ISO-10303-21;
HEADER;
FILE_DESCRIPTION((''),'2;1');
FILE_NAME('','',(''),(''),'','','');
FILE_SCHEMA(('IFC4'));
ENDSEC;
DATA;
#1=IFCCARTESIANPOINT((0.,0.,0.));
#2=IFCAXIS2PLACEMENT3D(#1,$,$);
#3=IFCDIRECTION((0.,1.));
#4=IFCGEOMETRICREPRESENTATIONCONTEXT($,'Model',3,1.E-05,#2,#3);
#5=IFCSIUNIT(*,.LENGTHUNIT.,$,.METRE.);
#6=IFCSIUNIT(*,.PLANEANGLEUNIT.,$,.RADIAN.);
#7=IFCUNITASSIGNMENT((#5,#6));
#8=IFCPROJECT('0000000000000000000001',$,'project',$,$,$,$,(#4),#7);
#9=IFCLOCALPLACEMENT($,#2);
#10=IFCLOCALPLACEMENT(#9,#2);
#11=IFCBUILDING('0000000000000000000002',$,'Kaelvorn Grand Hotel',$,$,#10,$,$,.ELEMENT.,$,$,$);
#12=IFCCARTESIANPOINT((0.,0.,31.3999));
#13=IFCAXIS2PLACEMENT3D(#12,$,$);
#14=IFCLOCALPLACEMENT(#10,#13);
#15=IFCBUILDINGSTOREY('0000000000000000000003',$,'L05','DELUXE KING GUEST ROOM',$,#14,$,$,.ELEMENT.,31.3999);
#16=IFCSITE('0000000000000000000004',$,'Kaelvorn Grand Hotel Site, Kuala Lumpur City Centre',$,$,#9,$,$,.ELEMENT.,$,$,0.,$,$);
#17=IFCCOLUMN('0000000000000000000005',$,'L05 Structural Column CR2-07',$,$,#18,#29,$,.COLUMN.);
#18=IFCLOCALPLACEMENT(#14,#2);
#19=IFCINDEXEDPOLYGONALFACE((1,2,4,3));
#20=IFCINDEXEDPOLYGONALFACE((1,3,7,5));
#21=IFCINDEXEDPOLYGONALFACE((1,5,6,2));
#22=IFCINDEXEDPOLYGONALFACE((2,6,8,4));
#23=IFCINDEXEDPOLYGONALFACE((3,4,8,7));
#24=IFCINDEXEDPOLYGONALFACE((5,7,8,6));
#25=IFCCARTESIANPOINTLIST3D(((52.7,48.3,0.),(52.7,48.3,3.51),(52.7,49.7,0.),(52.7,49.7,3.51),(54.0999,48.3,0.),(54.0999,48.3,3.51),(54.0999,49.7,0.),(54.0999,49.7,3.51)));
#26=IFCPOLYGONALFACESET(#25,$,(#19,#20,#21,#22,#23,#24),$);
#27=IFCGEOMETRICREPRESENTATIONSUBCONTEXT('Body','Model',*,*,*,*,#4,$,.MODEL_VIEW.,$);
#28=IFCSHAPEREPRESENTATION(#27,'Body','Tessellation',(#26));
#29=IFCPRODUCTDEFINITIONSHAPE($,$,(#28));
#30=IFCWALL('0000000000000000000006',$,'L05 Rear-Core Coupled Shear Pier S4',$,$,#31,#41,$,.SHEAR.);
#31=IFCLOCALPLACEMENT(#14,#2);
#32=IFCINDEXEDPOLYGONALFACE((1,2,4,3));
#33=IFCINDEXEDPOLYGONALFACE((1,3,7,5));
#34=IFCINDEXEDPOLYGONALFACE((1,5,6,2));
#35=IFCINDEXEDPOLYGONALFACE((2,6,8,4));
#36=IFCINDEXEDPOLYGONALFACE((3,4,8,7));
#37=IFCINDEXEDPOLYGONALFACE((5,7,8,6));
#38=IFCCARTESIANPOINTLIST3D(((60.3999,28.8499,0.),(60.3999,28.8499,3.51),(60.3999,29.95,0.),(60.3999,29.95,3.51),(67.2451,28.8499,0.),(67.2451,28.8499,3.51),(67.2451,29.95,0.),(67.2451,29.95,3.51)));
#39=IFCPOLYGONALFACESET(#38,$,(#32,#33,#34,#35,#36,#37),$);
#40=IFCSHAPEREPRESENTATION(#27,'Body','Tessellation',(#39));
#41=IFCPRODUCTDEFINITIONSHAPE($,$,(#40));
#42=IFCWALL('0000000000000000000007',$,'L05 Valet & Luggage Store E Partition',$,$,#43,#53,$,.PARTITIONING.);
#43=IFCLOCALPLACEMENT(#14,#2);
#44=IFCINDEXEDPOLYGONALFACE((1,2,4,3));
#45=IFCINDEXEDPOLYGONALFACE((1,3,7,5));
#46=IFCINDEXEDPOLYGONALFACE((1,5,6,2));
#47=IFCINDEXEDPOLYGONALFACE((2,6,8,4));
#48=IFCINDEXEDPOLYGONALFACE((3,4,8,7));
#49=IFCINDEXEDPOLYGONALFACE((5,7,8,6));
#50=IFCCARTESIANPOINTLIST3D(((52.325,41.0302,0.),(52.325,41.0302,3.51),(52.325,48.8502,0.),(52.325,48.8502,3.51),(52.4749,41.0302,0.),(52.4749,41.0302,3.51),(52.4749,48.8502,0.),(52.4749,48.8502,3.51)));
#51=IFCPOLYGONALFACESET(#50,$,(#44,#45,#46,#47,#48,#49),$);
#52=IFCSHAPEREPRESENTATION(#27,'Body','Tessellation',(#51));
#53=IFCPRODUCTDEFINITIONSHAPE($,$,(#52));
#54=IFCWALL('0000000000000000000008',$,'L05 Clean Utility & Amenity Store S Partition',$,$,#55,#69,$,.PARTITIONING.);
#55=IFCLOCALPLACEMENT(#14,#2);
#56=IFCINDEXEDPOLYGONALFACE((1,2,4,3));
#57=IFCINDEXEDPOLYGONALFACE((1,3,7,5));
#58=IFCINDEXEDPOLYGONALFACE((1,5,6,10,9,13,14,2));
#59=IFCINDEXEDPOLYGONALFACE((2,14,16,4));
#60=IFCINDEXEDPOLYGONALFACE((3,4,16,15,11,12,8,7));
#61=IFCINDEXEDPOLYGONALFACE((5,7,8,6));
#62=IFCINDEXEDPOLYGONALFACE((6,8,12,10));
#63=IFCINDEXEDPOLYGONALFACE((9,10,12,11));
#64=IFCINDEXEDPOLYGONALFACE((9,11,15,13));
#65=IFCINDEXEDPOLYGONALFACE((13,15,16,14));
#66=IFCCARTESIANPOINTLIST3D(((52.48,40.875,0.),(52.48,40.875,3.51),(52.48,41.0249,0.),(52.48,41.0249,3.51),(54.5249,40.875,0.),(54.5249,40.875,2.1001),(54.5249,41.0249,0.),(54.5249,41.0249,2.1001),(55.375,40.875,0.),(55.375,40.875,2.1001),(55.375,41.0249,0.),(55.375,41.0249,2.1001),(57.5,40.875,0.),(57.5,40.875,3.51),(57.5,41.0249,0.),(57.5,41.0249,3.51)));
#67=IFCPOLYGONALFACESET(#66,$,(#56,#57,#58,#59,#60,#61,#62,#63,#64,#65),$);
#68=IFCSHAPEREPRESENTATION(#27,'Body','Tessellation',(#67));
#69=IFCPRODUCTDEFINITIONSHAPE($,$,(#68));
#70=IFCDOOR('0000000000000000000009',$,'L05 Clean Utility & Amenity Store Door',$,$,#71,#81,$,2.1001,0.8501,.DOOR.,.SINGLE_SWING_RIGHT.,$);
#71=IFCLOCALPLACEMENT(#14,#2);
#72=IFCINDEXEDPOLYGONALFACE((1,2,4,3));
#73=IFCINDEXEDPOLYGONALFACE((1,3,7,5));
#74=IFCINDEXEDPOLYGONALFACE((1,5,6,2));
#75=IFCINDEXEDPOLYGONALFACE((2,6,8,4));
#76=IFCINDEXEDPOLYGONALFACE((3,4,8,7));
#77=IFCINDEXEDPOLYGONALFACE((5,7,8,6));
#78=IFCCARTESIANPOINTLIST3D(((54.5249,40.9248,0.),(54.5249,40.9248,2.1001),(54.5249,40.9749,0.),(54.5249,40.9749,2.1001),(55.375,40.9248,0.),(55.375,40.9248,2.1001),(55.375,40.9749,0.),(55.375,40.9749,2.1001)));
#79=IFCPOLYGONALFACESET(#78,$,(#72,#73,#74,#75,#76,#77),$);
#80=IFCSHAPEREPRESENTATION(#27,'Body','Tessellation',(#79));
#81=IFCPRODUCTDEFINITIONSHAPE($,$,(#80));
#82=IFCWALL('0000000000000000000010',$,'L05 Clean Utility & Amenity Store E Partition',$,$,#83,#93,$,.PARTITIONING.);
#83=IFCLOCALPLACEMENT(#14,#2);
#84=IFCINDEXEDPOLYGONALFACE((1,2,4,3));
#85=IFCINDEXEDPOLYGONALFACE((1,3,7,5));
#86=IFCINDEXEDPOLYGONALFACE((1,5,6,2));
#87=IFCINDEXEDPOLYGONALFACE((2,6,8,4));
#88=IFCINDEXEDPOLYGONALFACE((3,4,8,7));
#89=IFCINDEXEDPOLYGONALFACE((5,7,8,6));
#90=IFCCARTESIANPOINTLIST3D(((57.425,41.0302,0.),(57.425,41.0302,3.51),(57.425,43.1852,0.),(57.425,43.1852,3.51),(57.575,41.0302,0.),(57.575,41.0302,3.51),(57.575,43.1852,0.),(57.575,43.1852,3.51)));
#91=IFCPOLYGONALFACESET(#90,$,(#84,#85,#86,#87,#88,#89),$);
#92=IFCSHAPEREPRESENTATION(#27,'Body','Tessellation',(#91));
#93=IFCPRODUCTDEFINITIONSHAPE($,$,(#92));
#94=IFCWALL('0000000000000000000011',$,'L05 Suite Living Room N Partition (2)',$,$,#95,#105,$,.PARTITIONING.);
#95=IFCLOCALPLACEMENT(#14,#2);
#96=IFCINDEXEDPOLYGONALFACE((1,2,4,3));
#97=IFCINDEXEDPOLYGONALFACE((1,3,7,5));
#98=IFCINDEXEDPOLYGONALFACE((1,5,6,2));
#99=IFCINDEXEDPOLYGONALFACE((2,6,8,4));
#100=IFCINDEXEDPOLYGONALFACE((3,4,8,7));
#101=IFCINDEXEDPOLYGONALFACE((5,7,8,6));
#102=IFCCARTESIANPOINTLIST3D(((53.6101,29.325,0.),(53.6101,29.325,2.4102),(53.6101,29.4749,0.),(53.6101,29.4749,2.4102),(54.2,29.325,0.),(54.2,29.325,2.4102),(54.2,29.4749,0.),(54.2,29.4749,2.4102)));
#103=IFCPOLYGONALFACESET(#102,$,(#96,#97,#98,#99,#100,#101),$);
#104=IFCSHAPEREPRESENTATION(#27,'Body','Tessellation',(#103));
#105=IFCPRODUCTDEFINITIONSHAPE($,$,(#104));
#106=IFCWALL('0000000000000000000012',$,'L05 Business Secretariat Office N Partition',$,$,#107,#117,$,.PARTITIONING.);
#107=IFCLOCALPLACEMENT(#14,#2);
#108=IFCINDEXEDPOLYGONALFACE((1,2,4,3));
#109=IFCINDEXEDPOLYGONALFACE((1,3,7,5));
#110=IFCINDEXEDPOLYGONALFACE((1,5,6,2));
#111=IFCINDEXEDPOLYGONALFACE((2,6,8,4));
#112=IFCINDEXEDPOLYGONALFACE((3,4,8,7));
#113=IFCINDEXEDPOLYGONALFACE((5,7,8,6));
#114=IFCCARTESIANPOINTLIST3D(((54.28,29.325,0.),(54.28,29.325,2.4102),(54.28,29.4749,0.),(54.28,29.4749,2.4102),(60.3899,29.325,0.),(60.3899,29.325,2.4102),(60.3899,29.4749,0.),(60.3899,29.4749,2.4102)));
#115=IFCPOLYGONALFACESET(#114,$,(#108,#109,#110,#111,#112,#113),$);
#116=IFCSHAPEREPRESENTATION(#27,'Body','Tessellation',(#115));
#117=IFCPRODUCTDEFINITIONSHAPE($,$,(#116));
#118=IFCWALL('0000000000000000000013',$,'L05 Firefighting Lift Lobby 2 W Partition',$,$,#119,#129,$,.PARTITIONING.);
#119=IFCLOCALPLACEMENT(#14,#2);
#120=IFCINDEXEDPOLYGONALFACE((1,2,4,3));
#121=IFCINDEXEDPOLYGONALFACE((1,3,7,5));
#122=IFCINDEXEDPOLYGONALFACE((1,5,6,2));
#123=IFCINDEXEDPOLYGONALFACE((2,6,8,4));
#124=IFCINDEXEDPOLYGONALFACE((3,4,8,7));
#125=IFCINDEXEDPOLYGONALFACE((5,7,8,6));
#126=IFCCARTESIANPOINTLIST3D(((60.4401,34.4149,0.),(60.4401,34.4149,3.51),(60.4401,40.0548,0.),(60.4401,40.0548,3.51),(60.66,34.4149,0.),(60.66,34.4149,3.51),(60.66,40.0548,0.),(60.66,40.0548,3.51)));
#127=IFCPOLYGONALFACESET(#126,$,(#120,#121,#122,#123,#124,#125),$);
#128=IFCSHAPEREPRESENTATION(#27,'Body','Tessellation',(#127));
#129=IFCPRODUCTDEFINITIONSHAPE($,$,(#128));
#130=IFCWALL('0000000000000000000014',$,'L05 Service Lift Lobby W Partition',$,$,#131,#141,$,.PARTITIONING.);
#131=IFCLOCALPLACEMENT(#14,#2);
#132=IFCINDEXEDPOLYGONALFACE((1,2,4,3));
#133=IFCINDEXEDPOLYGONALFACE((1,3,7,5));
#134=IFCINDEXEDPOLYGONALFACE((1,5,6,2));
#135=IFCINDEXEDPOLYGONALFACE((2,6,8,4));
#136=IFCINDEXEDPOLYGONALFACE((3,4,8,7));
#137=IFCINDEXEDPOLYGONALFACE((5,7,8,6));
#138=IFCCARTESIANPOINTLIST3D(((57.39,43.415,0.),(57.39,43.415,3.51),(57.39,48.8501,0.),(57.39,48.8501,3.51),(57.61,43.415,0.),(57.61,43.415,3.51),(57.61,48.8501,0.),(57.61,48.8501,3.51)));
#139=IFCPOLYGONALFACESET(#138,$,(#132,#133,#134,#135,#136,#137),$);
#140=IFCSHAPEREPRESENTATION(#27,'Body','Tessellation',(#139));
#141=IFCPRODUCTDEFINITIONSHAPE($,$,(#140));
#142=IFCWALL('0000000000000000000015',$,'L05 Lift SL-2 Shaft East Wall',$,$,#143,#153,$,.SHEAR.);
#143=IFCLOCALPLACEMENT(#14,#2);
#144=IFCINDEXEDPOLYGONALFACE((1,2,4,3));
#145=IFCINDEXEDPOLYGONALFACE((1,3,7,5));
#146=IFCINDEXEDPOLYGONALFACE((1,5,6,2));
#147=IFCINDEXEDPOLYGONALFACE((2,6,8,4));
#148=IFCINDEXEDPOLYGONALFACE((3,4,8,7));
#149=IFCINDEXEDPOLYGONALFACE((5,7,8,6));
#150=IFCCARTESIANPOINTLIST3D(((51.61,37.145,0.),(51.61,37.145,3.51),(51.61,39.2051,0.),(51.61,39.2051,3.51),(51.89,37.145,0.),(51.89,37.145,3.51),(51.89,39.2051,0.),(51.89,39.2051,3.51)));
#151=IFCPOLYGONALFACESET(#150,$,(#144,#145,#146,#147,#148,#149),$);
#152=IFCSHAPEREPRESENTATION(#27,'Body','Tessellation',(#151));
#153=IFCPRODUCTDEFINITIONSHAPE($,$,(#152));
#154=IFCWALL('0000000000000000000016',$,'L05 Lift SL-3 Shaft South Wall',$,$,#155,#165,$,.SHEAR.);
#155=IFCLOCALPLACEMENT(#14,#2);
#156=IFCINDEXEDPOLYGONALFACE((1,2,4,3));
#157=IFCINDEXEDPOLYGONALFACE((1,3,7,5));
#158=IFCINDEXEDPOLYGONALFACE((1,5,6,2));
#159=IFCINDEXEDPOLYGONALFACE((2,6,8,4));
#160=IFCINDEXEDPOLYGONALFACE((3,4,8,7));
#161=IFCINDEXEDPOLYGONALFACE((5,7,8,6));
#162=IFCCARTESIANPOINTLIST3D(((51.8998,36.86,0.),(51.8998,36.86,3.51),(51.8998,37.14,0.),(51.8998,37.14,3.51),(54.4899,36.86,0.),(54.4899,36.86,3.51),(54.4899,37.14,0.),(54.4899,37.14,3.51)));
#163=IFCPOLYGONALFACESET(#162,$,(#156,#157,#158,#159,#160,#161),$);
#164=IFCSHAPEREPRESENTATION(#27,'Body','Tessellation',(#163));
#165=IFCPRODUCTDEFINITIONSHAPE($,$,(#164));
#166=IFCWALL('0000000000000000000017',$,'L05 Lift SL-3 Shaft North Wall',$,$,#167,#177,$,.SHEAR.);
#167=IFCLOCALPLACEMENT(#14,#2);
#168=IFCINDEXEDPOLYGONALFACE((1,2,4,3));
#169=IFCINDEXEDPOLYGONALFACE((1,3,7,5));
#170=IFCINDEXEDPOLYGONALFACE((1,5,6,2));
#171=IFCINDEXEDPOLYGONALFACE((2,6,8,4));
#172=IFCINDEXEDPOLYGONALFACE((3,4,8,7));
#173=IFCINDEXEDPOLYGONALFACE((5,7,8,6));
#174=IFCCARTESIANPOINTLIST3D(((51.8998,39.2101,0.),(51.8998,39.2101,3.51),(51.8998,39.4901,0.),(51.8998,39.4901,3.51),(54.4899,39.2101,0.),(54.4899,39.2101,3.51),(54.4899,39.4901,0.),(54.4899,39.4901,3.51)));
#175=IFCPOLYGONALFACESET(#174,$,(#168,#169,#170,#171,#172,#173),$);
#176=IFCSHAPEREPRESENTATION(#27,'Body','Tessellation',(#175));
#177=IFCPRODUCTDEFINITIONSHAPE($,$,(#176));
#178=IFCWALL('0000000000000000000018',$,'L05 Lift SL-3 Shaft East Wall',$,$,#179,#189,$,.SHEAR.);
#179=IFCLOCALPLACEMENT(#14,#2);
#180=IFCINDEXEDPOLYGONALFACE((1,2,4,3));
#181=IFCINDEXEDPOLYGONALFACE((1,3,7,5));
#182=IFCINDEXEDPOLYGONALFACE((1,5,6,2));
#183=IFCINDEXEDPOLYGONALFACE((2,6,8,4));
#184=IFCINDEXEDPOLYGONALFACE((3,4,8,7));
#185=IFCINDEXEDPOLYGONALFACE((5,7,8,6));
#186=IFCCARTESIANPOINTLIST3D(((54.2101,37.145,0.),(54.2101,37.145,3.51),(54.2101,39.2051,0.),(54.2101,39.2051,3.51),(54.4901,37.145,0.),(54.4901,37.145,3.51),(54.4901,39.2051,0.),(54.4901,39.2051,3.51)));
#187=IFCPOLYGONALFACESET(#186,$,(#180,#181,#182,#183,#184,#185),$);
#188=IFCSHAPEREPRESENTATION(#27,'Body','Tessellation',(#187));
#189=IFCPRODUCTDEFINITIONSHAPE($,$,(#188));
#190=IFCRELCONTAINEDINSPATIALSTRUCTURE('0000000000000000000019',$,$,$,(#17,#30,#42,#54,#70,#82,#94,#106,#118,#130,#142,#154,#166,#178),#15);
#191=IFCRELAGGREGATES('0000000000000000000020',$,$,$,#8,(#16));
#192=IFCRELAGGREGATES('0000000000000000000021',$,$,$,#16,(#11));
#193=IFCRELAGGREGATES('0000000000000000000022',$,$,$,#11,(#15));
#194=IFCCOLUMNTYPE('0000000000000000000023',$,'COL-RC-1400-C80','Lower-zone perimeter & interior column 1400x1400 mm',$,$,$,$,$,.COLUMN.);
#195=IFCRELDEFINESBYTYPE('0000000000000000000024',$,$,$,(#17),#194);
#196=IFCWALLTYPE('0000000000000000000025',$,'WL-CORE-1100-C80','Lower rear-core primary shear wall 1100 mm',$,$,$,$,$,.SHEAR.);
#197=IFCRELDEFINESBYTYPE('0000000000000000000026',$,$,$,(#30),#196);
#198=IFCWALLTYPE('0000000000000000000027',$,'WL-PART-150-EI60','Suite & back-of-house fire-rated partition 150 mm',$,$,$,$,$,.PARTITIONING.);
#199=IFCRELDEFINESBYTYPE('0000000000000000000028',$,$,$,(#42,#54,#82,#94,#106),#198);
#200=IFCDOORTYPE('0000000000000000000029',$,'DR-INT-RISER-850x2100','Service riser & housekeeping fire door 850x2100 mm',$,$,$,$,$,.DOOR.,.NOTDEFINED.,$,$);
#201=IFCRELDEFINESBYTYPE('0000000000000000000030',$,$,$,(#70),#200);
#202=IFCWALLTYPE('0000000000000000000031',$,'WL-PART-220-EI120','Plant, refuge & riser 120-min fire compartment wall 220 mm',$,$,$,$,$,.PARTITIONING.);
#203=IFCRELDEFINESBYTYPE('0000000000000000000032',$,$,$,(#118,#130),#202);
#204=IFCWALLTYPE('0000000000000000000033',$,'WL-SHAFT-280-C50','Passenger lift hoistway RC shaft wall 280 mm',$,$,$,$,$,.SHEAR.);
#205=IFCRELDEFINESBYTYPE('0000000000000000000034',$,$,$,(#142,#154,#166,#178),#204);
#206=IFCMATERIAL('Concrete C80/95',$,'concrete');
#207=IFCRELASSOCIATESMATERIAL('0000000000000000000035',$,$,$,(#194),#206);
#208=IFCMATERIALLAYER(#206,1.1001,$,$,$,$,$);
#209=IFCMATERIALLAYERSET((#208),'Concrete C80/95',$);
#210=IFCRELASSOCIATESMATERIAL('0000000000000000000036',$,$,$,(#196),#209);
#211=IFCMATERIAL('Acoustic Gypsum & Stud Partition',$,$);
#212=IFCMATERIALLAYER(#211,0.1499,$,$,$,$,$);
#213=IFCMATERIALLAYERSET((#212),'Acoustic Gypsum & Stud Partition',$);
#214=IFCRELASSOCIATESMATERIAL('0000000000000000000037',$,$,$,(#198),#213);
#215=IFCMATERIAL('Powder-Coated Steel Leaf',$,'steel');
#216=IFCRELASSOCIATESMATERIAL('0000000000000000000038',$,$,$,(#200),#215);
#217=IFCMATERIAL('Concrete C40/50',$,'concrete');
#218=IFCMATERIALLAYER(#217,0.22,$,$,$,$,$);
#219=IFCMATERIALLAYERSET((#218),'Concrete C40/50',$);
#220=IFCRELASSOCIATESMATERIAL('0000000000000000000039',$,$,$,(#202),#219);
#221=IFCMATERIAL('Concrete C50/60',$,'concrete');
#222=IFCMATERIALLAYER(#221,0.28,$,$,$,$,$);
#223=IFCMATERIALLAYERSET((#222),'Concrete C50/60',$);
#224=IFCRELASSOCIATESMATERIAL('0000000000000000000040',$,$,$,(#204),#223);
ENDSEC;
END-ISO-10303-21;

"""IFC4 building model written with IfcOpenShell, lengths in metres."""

from ifc_helpers import new_model, si_unit, direction, frame, frame_2d, origin, origin_2d, place, context, subcontext, project, spatial, rectangle, extrude, material, layer, layer_set, material_profile, profile_set, type_object, element, fill, save


model = new_model("IFC4")

# Units and contexts
model_context = context("Model", 3, precision=1e-05, world=origin(), true_north=direction((0.0, 1.0)))
body_context = subcontext(model_context, "Body", "Model", "MODEL_VIEW")
ifc_project = project(units=[si_unit("LENGTHUNIT", "METRE"), si_unit("PLANEANGLEUNIT", "RADIAN")], contexts=[model_context])

# Site, building, storey
site_placement = place(None, origin())
site = spatial("IfcSite", under=ifc_project, at=site_placement, Name="Kaelvorn Grand Hotel Site, Kuala Lumpur City Centre", CompositionType="ELEMENT", RefElevation=0.0)
building_placement = place(site_placement, origin())
building = spatial("IfcBuilding", under=site, at=building_placement, Name="Kaelvorn Grand Hotel", CompositionType="ELEMENT")
storey_placement = place(building_placement, frame((0.0, 0.0, 31.3999)))
storey = spatial("IfcBuildingStorey", under=building, at=storey_placement, Name="L05", Description="DELUXE KING GUEST ROOM", CompositionType="ELEMENT", Elevation=31.3999)

# Column
ifc_material_1 = material(Name="Concrete C80/95", Category="concrete")
ifc_material_profile = material_profile(ifc_material_1, rectangle(XDim=1.3999, YDim=1.3999, at=origin_2d()), Name="RC COL 1400x1400")
ifc_profile_set = profile_set([ifc_material_profile], Name="Concrete C80/95")
column_type = type_object("IfcColumnType", Name="COL-RC-1400-C80", Description="Lower-zone perimeter & interior column 1400x1400 mm", PredefinedType="COLUMN", material=ifc_profile_set)
column_placement = place(storey_placement, frame((53.3999, 49.0, 0.0), z_axis=(0.0, 0.0, 1.0), x_axis=(1.0, 0.0, 0.0)))
element("IfcColumn", 1, at=column_placement, inside=storey, type_object=column_type, Name="L05 Structural Column CR2-07", PredefinedType="COLUMN", context=body_context, shape_type="SweptSolid", body=[
    extrude(rectangle(XDim=1.3999, YDim=1.3999, at=origin_2d()), origin(), (0.0, 0.0, 1.0), 3.51),
])

# Walls
ifc_layer_1 = layer(ifc_material_1, 1.1001)
ifc_layer_set_1 = layer_set([ifc_layer_1], Name="Concrete C80/95")
wall_type_1 = type_object("IfcWallType", Name="WL-CORE-1100-C80", Description="Lower rear-core primary shear wall 1100 mm", PredefinedType="SHEAR", material=ifc_layer_set_1)
wall_1_placement = place(storey_placement, frame((60.3999, 29.3999, 0.0), z_axis=(0.0, 0.0, 1.0), x_axis=(1.0, 0.0, 0.0)))
element("IfcWall", 2, at=wall_1_placement, inside=storey, type_object=wall_type_1, Name="L05 Rear-Core Coupled Shear Pier S4", PredefinedType="SHEAR", context=body_context, shape_type="SweptSolid", body=[
    extrude(rectangle(XDim=6.8452, YDim=1.1001, at=frame_2d((3.4226, 0.0))), origin(), (0.0, 0.0, 1.0), 3.51),
])
ifc_material_2 = material(Name="Acoustic Gypsum & Stud Partition")
ifc_layer_2 = layer(ifc_material_2, 0.1499)
ifc_layer_set_2 = layer_set([ifc_layer_2], Name="Acoustic Gypsum & Stud Partition")
wall_type_2 = type_object("IfcWallType", Name="WL-PART-150-EI60", Description="Suite & back-of-house fire-rated partition 150 mm", PredefinedType="PARTITIONING", material=ifc_layer_set_2)
wall_2_placement = place(storey_placement, frame((52.3999, 41.03, 0.0), z_axis=(0.0, 0.0, 1.0), x_axis=(0.0, 1.0, 0.0)))
element("IfcWall", 3, at=wall_2_placement, inside=storey, type_object=wall_type_2, Name="L05 Valet & Luggage Store E Partition", PredefinedType="PARTITIONING", context=body_context, shape_type="SweptSolid", body=[
    extrude(rectangle(XDim=7.8201, YDim=0.1499, at=frame_2d((3.9102, 0.0))), origin(), (0.0, 0.0, 1.0), 3.51),
])

# Wall, opening, door
wall_3_placement = place(storey_placement, frame((52.48, 40.95, 0.0), z_axis=(0.0, 0.0, 1.0), x_axis=(1.0, 0.0, 0.0)))
wall_3 = element("IfcWall", 4, at=wall_3_placement, inside=storey, type_object=wall_type_2, Name="L05 Clean Utility & Amenity Store S Partition", PredefinedType="PARTITIONING", context=body_context, shape_type="SweptSolid", body=[
    extrude(rectangle(XDim=5.02, YDim=0.1499, at=frame_2d((2.51, 0.0))), origin(), (0.0, 0.0, 1.0), 3.51),
])
opening_1_placement = place(wall_3_placement, frame((2.0449, 0.0, 0.0)))
opening_1 = element("IfcOpeningElement", 5, at=opening_1_placement, cuts=wall_3, PredefinedType="OPENING", context=body_context, shape_type="SweptSolid", body=[
    extrude(rectangle(XDim=0.8501, YDim=2.1001, at=frame_2d((0.425, 1.05))), frame((0.0, 0.085, 0.0), z_axis=(0.0, -1.0, 0.0), x_axis=(1.0, 0.0, 0.0)), (0.0, 0.0, 1.0), 0.1699),
])
ifc_material_3 = material(Name="Powder-Coated Steel Leaf", Category="steel")
door_type_1 = type_object("IfcDoorType", Name="DR-INT-RISER-850x2100", Description="Service riser & housekeeping fire door 850x2100 mm", OperationType="NOTDEFINED", PredefinedType="DOOR", material=ifc_material_3)
door_1_placement = place(opening_1_placement, origin())
door_1 = element("IfcDoor", 6, at=door_1_placement, inside=storey, type_object=door_type_1, Name="L05 Clean Utility & Amenity Store Door", OperationType="SINGLE_SWING_RIGHT", OverallHeight=2.1001, OverallWidth=0.8501, PredefinedType="DOOR", context=body_context, shape_type="SweptSolid", body=[
    extrude(rectangle(XDim=0.8501, YDim=2.1001, at=frame_2d((0.425, 1.05))), frame((0.0, 0.0249, 0.0), z_axis=(0.0, -1.0, 0.0), x_axis=(1.0, 0.0, 0.0)), (0.0, 0.0, 1.0), 0.05),
])
fill(opening_1, door_1)

# Walls
wall_4_placement = place(storey_placement, frame((57.5, 41.03, 0.0), z_axis=(0.0, 0.0, 1.0), x_axis=(0.0, 1.0, 0.0)))
element("IfcWall", 7, at=wall_4_placement, inside=storey, type_object=wall_type_2, Name="L05 Clean Utility & Amenity Store E Partition", PredefinedType="PARTITIONING", context=body_context, shape_type="SweptSolid", body=[
    extrude(rectangle(XDim=2.155, YDim=0.1499, at=frame_2d((1.0776, 0.0))), origin(), (0.0, 0.0, 1.0), 3.51),
])
wall_5_placement = place(storey_placement, frame((53.6101, 29.3999, 0.0), z_axis=(0.0, 0.0, 1.0), x_axis=(1.0, 0.0, 0.0)))
element("IfcWall", 8, at=wall_5_placement, inside=storey, type_object=wall_type_2, Name="L05 Suite Living Room N Partition (2)", PredefinedType="PARTITIONING", context=body_context, shape_type="SweptSolid", body=[
    extrude(rectangle(XDim=0.5898, YDim=0.1499, at=frame_2d((0.2949, 0.0))), origin(), (0.0, 0.0, 1.0), 2.4102),
])
wall_6_placement = place(storey_placement, frame((54.28, 29.3999, 0.0), z_axis=(0.0, 0.0, 1.0), x_axis=(1.0, 0.0, 0.0)))
element("IfcWall", 9, at=wall_6_placement, inside=storey, type_object=wall_type_2, Name="L05 Business Secretariat Office N Partition", PredefinedType="PARTITIONING", context=body_context, shape_type="SweptSolid", body=[
    extrude(rectangle(XDim=6.1099, YDim=0.1499, at=frame_2d((3.0549, 0.0))), origin(), (0.0, 0.0, 1.0), 2.4102),
])

# Shared definitions
ifc_material_4 = material(Name="Concrete C40/50", Category="concrete")
ifc_layer_3 = layer(ifc_material_4, 0.22)
ifc_layer_set_3 = layer_set([ifc_layer_3], Name="Concrete C40/50")
wall_type_3 = type_object("IfcWallType", Name="WL-PART-220-EI120", Description="Plant, refuge & riser 120-min fire compartment wall 220 mm", PredefinedType="PARTITIONING", material=ifc_layer_set_3)

# Wall
wall_7_placement = place(storey_placement, frame((60.55, 34.415, 0.0), z_axis=(0.0, 0.0, 1.0), x_axis=(0.0, 1.0, 0.0)))
element("IfcWall", 10, at=wall_7_placement, inside=storey, type_object=wall_type_3, Name="L05 Firefighting Lift Lobby 2 W Partition", PredefinedType="PARTITIONING", context=body_context, shape_type="SweptSolid", body=[
    extrude(rectangle(XDim=5.6399, YDim=0.22, at=frame_2d((2.8198, 0.0))), origin(), (0.0, 0.0, 1.0), 3.51),
])

# Walls
wall_8_placement = place(storey_placement, frame((57.5, 43.415, 0.0), z_axis=(0.0, 0.0, 1.0), x_axis=(0.0, 1.0, 0.0)))
element("IfcWall", 11, at=wall_8_placement, inside=storey, type_object=wall_type_3, Name="L05 Service Lift Lobby W Partition", PredefinedType="PARTITIONING", context=body_context, shape_type="SweptSolid", body=[
    extrude(rectangle(XDim=5.4351, YDim=0.22, at=frame_2d((2.7175, 0.0))), origin(), (0.0, 0.0, 1.0), 3.51),
])
ifc_material_5 = material(Name="Concrete C50/60", Category="concrete")
ifc_layer_4 = layer(ifc_material_5, 0.28)
ifc_layer_set_4 = layer_set([ifc_layer_4], Name="Concrete C50/60")
wall_type_4 = type_object("IfcWallType", Name="WL-SHAFT-280-C50", Description="Passenger lift hoistway RC shaft wall 280 mm", PredefinedType="SHEAR", material=ifc_layer_set_4)
wall_9_placement = place(storey_placement, frame((51.75, 37.145, 0.0), z_axis=(0.0, 0.0, 1.0), x_axis=(0.0, 1.0, 0.0)))
element("IfcWall", 12, at=wall_9_placement, inside=storey, type_object=wall_type_4, Name="L05 Lift SL-2 Shaft East Wall", PredefinedType="SHEAR", context=body_context, shape_type="SweptSolid", body=[
    extrude(rectangle(XDim=2.0601, YDim=0.28, at=frame_2d((1.03, 0.0))), origin(), (0.0, 0.0, 1.0), 3.51),
])
for number, where, z_axis, x_axis, name in (
    (13, (51.8999, 37.0, 0.0), (0.0, 0.0, 1.0), (1.0, 0.0, 0.0), "L05 Lift SL-3 Shaft South Wall"),
    (14, (51.8999, 39.3501, 0.0), (0.0, 0.0, 1.0), (1.0, 0.0, 0.0), "L05 Lift SL-3 Shaft North Wall"),
):
    element("IfcWall", number, at=place(storey_placement, frame(where, z_axis=z_axis, x_axis=x_axis)), inside=storey, type_object=wall_type_4, Name=name, PredefinedType="SHEAR", context=body_context, shape_type="SweptSolid", body=[
        extrude(rectangle(XDim=2.5901, YDim=0.28, at=frame_2d((1.2949, 0.0))), origin(), (0.0, 0.0, 1.0), 3.51),
    ])
wall_10_placement = place(storey_placement, frame((54.3501, 37.145, 0.0), z_axis=(0.0, 0.0, 1.0), x_axis=(0.0, 1.0, 0.0)))
element("IfcWall", 15, at=wall_10_placement, inside=storey, type_object=wall_type_4, Name="L05 Lift SL-3 Shaft East Wall", PredefinedType="SHEAR", context=body_context, shape_type="SweptSolid", body=[
    extrude(rectangle(XDim=2.0601, YDim=0.28, at=frame_2d((1.03, 0.0))), origin(), (0.0, 0.0, 1.0), 3.51),
])

save(model, "model.ifc")
